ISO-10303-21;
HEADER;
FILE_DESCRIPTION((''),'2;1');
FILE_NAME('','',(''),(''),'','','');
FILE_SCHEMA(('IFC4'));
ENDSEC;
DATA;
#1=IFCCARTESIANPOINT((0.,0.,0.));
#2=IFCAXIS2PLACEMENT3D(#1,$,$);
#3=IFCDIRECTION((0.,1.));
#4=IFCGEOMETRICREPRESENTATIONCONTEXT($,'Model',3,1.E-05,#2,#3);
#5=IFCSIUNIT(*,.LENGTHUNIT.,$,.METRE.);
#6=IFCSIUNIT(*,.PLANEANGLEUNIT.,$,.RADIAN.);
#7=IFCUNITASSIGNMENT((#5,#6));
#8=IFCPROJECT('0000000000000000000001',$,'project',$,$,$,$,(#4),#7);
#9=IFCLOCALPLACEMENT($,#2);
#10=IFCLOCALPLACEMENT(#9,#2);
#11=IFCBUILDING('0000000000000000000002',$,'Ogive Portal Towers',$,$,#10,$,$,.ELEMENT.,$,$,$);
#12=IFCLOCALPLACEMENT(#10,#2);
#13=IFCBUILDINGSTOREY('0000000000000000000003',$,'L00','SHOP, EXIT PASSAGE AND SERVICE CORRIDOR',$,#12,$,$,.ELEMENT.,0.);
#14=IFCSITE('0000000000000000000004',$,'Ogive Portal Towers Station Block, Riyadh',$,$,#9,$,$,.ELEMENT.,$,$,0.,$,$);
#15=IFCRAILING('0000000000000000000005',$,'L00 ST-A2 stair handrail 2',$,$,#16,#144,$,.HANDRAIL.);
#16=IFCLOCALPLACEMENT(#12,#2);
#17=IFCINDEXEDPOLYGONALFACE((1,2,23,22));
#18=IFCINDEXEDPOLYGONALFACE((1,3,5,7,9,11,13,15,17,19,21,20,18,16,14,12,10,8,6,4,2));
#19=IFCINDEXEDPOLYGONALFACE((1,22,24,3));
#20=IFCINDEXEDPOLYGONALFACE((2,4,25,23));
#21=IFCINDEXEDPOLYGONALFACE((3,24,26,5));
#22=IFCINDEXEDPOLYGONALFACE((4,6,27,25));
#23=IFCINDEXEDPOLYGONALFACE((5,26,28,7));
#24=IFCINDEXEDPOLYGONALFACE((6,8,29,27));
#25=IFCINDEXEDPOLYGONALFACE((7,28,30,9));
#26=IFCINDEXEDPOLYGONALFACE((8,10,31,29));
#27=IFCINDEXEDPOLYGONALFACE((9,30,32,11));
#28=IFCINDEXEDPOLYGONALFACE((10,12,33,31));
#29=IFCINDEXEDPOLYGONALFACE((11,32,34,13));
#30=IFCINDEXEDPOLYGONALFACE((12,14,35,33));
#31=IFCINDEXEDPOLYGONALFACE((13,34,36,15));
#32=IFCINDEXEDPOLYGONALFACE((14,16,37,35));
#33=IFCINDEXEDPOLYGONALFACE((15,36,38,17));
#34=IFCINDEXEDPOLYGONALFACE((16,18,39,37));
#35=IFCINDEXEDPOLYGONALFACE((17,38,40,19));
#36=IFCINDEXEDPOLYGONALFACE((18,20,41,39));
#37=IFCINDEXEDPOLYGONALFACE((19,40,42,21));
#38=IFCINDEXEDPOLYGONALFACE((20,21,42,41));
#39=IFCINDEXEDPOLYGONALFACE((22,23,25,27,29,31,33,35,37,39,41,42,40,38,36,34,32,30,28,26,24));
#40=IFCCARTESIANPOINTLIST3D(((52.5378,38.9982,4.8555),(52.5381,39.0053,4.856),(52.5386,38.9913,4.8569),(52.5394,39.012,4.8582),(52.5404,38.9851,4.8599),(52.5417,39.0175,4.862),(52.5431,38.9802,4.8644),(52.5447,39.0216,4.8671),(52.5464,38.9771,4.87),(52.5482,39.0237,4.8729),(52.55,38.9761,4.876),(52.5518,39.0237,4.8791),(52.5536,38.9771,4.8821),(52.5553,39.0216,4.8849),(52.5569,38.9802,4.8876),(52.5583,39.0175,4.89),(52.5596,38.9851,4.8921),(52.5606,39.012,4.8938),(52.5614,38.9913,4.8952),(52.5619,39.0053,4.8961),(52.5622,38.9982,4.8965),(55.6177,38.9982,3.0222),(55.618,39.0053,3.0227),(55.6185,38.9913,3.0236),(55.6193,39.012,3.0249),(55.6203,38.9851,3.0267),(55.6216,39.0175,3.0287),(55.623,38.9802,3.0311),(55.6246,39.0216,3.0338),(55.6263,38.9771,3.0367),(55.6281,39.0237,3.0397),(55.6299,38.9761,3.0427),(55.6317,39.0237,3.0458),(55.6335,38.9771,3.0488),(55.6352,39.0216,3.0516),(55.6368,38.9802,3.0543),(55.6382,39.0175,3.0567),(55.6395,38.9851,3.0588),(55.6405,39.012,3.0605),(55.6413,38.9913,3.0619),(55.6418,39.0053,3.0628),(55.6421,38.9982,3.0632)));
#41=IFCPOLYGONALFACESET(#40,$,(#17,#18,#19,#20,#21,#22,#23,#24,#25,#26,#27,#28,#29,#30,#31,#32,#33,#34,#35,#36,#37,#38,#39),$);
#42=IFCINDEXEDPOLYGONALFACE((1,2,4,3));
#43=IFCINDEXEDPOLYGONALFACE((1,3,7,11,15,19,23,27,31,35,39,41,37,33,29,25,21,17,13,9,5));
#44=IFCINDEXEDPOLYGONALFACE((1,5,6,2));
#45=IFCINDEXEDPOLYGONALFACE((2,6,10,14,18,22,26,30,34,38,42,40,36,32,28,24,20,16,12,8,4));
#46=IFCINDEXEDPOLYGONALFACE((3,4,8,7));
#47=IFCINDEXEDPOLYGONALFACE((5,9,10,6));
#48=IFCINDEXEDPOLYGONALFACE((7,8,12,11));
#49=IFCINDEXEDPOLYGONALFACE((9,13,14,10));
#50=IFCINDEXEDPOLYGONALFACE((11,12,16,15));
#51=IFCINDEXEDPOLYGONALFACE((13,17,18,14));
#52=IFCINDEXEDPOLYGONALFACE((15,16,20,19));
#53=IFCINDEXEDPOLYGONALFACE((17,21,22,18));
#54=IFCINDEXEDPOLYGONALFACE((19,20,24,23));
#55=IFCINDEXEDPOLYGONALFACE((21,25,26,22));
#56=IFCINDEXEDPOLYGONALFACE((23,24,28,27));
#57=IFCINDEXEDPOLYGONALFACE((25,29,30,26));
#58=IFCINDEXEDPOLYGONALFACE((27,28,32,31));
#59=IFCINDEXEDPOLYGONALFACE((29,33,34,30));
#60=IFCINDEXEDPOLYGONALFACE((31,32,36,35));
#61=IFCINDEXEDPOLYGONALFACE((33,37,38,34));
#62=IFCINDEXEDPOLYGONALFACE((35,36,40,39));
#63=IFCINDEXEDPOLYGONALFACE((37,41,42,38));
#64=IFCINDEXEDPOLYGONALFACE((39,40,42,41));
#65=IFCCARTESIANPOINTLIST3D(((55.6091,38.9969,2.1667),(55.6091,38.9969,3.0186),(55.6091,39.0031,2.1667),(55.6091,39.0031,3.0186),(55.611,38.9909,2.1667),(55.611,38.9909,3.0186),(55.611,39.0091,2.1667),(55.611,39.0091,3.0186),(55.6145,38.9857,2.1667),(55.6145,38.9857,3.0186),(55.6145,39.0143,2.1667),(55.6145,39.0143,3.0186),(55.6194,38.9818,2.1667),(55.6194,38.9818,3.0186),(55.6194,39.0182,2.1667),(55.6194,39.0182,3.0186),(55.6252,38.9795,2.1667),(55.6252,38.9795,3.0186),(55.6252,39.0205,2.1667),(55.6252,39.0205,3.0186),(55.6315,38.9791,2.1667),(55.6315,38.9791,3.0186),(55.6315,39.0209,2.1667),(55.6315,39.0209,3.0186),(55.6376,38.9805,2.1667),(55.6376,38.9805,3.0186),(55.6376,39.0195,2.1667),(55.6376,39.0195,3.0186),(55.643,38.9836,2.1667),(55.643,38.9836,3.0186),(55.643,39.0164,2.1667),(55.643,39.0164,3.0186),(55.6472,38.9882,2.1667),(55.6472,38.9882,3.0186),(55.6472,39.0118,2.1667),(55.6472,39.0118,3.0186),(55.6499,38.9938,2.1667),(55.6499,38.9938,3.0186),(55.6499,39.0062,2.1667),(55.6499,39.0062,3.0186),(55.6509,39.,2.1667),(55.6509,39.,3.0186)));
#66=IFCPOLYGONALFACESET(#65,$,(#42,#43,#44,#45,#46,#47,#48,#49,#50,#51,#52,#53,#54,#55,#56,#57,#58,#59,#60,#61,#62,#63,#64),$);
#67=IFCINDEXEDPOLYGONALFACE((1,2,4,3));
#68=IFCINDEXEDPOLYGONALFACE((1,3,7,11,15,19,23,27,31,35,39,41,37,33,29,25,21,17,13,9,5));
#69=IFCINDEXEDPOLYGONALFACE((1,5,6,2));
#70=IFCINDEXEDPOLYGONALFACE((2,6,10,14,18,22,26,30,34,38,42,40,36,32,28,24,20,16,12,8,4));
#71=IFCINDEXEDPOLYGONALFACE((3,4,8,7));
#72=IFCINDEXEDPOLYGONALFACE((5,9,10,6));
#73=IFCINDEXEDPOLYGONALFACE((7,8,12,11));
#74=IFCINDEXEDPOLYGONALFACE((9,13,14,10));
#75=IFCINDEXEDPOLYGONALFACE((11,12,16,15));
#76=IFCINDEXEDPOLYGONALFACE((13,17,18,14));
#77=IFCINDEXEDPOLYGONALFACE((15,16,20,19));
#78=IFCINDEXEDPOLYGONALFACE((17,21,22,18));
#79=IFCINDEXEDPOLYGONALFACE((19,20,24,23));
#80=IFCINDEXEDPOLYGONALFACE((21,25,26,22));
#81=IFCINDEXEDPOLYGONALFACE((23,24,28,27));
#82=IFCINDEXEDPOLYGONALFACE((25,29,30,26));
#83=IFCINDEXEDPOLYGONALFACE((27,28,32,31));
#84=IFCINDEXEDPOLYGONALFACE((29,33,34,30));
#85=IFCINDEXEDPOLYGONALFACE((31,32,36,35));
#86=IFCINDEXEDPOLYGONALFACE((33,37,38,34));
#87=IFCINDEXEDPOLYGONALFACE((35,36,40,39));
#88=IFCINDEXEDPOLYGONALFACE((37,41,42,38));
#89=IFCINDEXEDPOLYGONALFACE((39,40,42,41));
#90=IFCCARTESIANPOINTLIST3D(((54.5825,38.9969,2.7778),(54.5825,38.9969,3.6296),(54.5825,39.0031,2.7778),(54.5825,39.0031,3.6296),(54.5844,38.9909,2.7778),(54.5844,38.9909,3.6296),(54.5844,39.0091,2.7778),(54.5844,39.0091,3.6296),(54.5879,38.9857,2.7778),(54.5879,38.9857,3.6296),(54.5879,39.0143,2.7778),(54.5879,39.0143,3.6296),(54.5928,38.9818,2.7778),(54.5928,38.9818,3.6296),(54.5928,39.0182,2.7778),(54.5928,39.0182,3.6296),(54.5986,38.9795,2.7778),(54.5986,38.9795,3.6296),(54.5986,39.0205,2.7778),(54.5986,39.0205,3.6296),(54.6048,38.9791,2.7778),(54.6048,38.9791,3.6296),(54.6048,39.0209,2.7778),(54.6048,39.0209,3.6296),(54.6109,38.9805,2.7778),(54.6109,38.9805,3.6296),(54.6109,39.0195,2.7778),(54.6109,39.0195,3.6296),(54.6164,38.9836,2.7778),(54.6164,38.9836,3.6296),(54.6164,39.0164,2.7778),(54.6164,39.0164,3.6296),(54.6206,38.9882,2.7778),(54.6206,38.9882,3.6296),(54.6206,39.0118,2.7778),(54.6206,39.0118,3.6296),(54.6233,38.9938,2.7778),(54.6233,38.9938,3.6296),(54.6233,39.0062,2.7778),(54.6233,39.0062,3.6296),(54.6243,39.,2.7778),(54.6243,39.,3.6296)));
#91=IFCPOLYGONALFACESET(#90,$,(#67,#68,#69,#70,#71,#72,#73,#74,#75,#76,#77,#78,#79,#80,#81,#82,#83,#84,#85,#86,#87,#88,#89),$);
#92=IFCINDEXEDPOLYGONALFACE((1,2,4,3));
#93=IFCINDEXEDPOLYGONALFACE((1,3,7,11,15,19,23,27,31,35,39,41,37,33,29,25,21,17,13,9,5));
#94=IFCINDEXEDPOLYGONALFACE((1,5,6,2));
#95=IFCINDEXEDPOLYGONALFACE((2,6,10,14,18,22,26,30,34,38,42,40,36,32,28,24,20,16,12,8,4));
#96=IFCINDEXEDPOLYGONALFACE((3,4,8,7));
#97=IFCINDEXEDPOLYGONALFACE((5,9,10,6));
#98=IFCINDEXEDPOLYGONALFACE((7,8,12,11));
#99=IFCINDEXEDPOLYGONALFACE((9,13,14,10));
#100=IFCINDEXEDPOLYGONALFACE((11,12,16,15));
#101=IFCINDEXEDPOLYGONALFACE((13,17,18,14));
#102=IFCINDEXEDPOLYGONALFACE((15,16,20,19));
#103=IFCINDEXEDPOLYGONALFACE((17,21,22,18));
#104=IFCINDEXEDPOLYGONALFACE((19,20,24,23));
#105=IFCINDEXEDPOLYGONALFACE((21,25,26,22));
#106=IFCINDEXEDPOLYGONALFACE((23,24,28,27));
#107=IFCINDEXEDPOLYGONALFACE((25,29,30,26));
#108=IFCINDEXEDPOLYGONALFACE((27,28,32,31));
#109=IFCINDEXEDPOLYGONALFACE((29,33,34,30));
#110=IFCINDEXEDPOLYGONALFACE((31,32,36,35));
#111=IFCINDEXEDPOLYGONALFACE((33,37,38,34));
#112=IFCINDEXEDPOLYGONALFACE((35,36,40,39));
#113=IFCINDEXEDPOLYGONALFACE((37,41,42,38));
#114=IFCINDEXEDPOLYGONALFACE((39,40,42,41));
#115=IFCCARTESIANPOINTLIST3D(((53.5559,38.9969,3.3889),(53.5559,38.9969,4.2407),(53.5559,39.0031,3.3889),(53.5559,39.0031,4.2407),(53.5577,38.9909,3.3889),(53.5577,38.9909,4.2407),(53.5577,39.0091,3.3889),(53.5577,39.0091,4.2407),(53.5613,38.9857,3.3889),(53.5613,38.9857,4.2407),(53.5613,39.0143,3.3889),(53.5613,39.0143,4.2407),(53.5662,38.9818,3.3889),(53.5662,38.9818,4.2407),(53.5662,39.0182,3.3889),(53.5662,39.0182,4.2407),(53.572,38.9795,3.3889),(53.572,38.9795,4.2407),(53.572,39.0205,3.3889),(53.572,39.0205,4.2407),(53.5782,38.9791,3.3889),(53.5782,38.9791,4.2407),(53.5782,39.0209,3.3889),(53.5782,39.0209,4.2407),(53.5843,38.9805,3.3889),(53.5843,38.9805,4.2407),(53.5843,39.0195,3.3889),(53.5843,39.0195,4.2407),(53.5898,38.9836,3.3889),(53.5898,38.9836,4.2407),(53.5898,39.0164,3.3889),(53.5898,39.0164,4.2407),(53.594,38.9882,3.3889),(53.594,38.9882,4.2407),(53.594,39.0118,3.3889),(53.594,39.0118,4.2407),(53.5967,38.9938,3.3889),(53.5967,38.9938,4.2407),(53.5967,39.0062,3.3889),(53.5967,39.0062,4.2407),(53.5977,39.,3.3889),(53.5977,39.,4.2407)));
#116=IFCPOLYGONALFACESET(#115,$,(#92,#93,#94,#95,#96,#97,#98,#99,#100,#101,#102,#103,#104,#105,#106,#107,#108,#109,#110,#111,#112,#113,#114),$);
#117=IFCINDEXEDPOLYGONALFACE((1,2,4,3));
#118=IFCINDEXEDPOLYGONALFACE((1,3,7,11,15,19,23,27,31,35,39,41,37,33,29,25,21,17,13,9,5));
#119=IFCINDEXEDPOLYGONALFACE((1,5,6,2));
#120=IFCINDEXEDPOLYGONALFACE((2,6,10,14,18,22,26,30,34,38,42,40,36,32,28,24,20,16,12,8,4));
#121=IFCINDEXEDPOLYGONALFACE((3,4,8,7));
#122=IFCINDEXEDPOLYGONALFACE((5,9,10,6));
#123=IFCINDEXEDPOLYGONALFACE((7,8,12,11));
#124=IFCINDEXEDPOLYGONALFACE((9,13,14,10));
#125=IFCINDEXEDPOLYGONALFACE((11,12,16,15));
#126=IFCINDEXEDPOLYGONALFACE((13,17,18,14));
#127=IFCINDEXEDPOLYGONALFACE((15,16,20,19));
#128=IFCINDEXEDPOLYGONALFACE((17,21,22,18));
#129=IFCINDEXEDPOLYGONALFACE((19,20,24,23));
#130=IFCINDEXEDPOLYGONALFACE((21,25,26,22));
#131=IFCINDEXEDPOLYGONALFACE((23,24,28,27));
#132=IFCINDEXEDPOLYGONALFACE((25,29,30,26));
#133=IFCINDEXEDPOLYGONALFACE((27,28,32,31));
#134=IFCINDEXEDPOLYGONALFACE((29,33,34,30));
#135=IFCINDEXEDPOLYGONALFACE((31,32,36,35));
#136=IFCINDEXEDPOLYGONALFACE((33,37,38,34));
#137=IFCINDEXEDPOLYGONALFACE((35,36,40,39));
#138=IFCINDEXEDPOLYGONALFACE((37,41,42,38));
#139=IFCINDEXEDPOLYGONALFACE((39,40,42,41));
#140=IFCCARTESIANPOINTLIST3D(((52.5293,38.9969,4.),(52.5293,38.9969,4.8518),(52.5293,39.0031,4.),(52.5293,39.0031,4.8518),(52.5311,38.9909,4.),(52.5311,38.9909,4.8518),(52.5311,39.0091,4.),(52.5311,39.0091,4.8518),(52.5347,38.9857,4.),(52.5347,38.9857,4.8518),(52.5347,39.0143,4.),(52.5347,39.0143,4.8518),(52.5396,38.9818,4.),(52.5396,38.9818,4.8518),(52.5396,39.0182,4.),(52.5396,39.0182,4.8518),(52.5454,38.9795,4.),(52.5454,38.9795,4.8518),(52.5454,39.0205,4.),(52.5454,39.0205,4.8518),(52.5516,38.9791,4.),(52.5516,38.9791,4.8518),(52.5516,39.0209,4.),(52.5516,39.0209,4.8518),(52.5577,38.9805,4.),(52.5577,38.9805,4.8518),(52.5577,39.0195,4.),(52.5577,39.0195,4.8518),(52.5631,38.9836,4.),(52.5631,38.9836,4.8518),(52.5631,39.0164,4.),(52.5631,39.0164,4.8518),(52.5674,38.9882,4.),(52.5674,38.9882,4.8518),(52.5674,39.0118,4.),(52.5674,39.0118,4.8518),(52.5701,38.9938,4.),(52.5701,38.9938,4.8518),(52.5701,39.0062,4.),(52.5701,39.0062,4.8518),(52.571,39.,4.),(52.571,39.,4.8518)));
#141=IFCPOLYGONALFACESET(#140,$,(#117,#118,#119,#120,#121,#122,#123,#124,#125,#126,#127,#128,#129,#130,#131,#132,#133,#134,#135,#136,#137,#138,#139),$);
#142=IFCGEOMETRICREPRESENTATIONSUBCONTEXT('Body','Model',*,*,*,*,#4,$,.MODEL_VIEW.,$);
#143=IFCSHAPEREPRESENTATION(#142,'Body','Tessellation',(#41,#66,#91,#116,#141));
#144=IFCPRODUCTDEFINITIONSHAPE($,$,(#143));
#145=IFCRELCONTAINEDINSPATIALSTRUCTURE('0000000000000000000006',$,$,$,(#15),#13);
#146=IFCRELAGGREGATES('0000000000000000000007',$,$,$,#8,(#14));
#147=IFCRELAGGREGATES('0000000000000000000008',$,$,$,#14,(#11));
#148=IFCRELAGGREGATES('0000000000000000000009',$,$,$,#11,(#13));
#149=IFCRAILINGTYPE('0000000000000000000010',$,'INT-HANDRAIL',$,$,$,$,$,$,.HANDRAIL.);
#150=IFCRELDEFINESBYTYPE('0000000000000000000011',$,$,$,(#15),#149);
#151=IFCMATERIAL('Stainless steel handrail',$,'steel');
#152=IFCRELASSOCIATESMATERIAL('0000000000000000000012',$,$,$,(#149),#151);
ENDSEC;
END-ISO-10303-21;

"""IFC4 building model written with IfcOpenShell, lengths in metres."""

from ifc_helpers import new_model, si_unit, direction, frame, origin, origin_2d, place, context, subcontext, project, spatial, circle, extrude, material, type_object, element, save


model = new_model("IFC4")

# Units and contexts
model_context = context("Model", 3, precision=1e-05, world=origin(), true_north=direction((0.0, 1.0)))
body_context = subcontext(model_context, "Body", "Model", "MODEL_VIEW")
ifc_project = project(units=[si_unit("LENGTHUNIT", "METRE"), si_unit("PLANEANGLEUNIT", "RADIAN")], contexts=[model_context])

# Site, building, storey
site_placement = place(None, origin())
site = spatial("IfcSite", under=ifc_project, at=site_placement, Name="Ogive Portal Towers Station Block, Riyadh", CompositionType="ELEMENT", RefElevation=0.0)
building_placement = place(site_placement, origin())
building = spatial("IfcBuilding", under=site, at=building_placement, Name="Ogive Portal Towers", CompositionType="ELEMENT")
storey_placement = place(building_placement, origin())
storey = spatial("IfcBuildingStorey", under=building, at=storey_placement, Name="L00", Description="SHOP, EXIT PASSAGE AND SERVICE CORRIDOR", CompositionType="ELEMENT", Elevation=0.0)

# Railing
ifc_material_1 = material(Name="Stainless steel handrail", Category="steel")
railing_type_1 = type_object("IfcRailingType", Name="INT-HANDRAIL", PredefinedType="HANDRAIL", material=ifc_material_1)
railing_1_placement = place(storey_placement, frame((55.6299, 39.0, 2.1667)))
element("IfcRailing", 1, at=railing_1_placement, inside=storey, type_object=railing_type_1, Name="L00 ST-A2 stair handrail 2", PredefinedType="HANDRAIL", context=body_context, shape_type="SweptSolid", body=[
    extrude(circle(Radius=0.0239, at=origin_2d()), frame((0.0, 0.0, 0.876), z_axis=(-0.859291, 0.0, 0.511487), x_axis=(0.0, -1.0, 0.0)), (0.0, 0.0, 1.0), 3.5842),
    extrude(circle(Radius=0.021, at=origin_2d()), origin(), (0.0, 0.0, 1.0), 0.8518),
    extrude(circle(Radius=0.021, at=origin_2d()), frame((-1.0266, 0.0, 0.6111)), (0.0, 0.0, 1.0), 0.8518),
    extrude(circle(Radius=0.021, at=origin_2d()), frame((-2.0532, 0.0, 1.2222)), (0.0, 0.0, 1.0), 0.8518),
    extrude(circle(Radius=0.021, at=origin_2d()), frame((-3.0798, 0.0, 1.8333)), (0.0, 0.0, 1.0), 0.8518),
])

save(model, "model.ifc")
